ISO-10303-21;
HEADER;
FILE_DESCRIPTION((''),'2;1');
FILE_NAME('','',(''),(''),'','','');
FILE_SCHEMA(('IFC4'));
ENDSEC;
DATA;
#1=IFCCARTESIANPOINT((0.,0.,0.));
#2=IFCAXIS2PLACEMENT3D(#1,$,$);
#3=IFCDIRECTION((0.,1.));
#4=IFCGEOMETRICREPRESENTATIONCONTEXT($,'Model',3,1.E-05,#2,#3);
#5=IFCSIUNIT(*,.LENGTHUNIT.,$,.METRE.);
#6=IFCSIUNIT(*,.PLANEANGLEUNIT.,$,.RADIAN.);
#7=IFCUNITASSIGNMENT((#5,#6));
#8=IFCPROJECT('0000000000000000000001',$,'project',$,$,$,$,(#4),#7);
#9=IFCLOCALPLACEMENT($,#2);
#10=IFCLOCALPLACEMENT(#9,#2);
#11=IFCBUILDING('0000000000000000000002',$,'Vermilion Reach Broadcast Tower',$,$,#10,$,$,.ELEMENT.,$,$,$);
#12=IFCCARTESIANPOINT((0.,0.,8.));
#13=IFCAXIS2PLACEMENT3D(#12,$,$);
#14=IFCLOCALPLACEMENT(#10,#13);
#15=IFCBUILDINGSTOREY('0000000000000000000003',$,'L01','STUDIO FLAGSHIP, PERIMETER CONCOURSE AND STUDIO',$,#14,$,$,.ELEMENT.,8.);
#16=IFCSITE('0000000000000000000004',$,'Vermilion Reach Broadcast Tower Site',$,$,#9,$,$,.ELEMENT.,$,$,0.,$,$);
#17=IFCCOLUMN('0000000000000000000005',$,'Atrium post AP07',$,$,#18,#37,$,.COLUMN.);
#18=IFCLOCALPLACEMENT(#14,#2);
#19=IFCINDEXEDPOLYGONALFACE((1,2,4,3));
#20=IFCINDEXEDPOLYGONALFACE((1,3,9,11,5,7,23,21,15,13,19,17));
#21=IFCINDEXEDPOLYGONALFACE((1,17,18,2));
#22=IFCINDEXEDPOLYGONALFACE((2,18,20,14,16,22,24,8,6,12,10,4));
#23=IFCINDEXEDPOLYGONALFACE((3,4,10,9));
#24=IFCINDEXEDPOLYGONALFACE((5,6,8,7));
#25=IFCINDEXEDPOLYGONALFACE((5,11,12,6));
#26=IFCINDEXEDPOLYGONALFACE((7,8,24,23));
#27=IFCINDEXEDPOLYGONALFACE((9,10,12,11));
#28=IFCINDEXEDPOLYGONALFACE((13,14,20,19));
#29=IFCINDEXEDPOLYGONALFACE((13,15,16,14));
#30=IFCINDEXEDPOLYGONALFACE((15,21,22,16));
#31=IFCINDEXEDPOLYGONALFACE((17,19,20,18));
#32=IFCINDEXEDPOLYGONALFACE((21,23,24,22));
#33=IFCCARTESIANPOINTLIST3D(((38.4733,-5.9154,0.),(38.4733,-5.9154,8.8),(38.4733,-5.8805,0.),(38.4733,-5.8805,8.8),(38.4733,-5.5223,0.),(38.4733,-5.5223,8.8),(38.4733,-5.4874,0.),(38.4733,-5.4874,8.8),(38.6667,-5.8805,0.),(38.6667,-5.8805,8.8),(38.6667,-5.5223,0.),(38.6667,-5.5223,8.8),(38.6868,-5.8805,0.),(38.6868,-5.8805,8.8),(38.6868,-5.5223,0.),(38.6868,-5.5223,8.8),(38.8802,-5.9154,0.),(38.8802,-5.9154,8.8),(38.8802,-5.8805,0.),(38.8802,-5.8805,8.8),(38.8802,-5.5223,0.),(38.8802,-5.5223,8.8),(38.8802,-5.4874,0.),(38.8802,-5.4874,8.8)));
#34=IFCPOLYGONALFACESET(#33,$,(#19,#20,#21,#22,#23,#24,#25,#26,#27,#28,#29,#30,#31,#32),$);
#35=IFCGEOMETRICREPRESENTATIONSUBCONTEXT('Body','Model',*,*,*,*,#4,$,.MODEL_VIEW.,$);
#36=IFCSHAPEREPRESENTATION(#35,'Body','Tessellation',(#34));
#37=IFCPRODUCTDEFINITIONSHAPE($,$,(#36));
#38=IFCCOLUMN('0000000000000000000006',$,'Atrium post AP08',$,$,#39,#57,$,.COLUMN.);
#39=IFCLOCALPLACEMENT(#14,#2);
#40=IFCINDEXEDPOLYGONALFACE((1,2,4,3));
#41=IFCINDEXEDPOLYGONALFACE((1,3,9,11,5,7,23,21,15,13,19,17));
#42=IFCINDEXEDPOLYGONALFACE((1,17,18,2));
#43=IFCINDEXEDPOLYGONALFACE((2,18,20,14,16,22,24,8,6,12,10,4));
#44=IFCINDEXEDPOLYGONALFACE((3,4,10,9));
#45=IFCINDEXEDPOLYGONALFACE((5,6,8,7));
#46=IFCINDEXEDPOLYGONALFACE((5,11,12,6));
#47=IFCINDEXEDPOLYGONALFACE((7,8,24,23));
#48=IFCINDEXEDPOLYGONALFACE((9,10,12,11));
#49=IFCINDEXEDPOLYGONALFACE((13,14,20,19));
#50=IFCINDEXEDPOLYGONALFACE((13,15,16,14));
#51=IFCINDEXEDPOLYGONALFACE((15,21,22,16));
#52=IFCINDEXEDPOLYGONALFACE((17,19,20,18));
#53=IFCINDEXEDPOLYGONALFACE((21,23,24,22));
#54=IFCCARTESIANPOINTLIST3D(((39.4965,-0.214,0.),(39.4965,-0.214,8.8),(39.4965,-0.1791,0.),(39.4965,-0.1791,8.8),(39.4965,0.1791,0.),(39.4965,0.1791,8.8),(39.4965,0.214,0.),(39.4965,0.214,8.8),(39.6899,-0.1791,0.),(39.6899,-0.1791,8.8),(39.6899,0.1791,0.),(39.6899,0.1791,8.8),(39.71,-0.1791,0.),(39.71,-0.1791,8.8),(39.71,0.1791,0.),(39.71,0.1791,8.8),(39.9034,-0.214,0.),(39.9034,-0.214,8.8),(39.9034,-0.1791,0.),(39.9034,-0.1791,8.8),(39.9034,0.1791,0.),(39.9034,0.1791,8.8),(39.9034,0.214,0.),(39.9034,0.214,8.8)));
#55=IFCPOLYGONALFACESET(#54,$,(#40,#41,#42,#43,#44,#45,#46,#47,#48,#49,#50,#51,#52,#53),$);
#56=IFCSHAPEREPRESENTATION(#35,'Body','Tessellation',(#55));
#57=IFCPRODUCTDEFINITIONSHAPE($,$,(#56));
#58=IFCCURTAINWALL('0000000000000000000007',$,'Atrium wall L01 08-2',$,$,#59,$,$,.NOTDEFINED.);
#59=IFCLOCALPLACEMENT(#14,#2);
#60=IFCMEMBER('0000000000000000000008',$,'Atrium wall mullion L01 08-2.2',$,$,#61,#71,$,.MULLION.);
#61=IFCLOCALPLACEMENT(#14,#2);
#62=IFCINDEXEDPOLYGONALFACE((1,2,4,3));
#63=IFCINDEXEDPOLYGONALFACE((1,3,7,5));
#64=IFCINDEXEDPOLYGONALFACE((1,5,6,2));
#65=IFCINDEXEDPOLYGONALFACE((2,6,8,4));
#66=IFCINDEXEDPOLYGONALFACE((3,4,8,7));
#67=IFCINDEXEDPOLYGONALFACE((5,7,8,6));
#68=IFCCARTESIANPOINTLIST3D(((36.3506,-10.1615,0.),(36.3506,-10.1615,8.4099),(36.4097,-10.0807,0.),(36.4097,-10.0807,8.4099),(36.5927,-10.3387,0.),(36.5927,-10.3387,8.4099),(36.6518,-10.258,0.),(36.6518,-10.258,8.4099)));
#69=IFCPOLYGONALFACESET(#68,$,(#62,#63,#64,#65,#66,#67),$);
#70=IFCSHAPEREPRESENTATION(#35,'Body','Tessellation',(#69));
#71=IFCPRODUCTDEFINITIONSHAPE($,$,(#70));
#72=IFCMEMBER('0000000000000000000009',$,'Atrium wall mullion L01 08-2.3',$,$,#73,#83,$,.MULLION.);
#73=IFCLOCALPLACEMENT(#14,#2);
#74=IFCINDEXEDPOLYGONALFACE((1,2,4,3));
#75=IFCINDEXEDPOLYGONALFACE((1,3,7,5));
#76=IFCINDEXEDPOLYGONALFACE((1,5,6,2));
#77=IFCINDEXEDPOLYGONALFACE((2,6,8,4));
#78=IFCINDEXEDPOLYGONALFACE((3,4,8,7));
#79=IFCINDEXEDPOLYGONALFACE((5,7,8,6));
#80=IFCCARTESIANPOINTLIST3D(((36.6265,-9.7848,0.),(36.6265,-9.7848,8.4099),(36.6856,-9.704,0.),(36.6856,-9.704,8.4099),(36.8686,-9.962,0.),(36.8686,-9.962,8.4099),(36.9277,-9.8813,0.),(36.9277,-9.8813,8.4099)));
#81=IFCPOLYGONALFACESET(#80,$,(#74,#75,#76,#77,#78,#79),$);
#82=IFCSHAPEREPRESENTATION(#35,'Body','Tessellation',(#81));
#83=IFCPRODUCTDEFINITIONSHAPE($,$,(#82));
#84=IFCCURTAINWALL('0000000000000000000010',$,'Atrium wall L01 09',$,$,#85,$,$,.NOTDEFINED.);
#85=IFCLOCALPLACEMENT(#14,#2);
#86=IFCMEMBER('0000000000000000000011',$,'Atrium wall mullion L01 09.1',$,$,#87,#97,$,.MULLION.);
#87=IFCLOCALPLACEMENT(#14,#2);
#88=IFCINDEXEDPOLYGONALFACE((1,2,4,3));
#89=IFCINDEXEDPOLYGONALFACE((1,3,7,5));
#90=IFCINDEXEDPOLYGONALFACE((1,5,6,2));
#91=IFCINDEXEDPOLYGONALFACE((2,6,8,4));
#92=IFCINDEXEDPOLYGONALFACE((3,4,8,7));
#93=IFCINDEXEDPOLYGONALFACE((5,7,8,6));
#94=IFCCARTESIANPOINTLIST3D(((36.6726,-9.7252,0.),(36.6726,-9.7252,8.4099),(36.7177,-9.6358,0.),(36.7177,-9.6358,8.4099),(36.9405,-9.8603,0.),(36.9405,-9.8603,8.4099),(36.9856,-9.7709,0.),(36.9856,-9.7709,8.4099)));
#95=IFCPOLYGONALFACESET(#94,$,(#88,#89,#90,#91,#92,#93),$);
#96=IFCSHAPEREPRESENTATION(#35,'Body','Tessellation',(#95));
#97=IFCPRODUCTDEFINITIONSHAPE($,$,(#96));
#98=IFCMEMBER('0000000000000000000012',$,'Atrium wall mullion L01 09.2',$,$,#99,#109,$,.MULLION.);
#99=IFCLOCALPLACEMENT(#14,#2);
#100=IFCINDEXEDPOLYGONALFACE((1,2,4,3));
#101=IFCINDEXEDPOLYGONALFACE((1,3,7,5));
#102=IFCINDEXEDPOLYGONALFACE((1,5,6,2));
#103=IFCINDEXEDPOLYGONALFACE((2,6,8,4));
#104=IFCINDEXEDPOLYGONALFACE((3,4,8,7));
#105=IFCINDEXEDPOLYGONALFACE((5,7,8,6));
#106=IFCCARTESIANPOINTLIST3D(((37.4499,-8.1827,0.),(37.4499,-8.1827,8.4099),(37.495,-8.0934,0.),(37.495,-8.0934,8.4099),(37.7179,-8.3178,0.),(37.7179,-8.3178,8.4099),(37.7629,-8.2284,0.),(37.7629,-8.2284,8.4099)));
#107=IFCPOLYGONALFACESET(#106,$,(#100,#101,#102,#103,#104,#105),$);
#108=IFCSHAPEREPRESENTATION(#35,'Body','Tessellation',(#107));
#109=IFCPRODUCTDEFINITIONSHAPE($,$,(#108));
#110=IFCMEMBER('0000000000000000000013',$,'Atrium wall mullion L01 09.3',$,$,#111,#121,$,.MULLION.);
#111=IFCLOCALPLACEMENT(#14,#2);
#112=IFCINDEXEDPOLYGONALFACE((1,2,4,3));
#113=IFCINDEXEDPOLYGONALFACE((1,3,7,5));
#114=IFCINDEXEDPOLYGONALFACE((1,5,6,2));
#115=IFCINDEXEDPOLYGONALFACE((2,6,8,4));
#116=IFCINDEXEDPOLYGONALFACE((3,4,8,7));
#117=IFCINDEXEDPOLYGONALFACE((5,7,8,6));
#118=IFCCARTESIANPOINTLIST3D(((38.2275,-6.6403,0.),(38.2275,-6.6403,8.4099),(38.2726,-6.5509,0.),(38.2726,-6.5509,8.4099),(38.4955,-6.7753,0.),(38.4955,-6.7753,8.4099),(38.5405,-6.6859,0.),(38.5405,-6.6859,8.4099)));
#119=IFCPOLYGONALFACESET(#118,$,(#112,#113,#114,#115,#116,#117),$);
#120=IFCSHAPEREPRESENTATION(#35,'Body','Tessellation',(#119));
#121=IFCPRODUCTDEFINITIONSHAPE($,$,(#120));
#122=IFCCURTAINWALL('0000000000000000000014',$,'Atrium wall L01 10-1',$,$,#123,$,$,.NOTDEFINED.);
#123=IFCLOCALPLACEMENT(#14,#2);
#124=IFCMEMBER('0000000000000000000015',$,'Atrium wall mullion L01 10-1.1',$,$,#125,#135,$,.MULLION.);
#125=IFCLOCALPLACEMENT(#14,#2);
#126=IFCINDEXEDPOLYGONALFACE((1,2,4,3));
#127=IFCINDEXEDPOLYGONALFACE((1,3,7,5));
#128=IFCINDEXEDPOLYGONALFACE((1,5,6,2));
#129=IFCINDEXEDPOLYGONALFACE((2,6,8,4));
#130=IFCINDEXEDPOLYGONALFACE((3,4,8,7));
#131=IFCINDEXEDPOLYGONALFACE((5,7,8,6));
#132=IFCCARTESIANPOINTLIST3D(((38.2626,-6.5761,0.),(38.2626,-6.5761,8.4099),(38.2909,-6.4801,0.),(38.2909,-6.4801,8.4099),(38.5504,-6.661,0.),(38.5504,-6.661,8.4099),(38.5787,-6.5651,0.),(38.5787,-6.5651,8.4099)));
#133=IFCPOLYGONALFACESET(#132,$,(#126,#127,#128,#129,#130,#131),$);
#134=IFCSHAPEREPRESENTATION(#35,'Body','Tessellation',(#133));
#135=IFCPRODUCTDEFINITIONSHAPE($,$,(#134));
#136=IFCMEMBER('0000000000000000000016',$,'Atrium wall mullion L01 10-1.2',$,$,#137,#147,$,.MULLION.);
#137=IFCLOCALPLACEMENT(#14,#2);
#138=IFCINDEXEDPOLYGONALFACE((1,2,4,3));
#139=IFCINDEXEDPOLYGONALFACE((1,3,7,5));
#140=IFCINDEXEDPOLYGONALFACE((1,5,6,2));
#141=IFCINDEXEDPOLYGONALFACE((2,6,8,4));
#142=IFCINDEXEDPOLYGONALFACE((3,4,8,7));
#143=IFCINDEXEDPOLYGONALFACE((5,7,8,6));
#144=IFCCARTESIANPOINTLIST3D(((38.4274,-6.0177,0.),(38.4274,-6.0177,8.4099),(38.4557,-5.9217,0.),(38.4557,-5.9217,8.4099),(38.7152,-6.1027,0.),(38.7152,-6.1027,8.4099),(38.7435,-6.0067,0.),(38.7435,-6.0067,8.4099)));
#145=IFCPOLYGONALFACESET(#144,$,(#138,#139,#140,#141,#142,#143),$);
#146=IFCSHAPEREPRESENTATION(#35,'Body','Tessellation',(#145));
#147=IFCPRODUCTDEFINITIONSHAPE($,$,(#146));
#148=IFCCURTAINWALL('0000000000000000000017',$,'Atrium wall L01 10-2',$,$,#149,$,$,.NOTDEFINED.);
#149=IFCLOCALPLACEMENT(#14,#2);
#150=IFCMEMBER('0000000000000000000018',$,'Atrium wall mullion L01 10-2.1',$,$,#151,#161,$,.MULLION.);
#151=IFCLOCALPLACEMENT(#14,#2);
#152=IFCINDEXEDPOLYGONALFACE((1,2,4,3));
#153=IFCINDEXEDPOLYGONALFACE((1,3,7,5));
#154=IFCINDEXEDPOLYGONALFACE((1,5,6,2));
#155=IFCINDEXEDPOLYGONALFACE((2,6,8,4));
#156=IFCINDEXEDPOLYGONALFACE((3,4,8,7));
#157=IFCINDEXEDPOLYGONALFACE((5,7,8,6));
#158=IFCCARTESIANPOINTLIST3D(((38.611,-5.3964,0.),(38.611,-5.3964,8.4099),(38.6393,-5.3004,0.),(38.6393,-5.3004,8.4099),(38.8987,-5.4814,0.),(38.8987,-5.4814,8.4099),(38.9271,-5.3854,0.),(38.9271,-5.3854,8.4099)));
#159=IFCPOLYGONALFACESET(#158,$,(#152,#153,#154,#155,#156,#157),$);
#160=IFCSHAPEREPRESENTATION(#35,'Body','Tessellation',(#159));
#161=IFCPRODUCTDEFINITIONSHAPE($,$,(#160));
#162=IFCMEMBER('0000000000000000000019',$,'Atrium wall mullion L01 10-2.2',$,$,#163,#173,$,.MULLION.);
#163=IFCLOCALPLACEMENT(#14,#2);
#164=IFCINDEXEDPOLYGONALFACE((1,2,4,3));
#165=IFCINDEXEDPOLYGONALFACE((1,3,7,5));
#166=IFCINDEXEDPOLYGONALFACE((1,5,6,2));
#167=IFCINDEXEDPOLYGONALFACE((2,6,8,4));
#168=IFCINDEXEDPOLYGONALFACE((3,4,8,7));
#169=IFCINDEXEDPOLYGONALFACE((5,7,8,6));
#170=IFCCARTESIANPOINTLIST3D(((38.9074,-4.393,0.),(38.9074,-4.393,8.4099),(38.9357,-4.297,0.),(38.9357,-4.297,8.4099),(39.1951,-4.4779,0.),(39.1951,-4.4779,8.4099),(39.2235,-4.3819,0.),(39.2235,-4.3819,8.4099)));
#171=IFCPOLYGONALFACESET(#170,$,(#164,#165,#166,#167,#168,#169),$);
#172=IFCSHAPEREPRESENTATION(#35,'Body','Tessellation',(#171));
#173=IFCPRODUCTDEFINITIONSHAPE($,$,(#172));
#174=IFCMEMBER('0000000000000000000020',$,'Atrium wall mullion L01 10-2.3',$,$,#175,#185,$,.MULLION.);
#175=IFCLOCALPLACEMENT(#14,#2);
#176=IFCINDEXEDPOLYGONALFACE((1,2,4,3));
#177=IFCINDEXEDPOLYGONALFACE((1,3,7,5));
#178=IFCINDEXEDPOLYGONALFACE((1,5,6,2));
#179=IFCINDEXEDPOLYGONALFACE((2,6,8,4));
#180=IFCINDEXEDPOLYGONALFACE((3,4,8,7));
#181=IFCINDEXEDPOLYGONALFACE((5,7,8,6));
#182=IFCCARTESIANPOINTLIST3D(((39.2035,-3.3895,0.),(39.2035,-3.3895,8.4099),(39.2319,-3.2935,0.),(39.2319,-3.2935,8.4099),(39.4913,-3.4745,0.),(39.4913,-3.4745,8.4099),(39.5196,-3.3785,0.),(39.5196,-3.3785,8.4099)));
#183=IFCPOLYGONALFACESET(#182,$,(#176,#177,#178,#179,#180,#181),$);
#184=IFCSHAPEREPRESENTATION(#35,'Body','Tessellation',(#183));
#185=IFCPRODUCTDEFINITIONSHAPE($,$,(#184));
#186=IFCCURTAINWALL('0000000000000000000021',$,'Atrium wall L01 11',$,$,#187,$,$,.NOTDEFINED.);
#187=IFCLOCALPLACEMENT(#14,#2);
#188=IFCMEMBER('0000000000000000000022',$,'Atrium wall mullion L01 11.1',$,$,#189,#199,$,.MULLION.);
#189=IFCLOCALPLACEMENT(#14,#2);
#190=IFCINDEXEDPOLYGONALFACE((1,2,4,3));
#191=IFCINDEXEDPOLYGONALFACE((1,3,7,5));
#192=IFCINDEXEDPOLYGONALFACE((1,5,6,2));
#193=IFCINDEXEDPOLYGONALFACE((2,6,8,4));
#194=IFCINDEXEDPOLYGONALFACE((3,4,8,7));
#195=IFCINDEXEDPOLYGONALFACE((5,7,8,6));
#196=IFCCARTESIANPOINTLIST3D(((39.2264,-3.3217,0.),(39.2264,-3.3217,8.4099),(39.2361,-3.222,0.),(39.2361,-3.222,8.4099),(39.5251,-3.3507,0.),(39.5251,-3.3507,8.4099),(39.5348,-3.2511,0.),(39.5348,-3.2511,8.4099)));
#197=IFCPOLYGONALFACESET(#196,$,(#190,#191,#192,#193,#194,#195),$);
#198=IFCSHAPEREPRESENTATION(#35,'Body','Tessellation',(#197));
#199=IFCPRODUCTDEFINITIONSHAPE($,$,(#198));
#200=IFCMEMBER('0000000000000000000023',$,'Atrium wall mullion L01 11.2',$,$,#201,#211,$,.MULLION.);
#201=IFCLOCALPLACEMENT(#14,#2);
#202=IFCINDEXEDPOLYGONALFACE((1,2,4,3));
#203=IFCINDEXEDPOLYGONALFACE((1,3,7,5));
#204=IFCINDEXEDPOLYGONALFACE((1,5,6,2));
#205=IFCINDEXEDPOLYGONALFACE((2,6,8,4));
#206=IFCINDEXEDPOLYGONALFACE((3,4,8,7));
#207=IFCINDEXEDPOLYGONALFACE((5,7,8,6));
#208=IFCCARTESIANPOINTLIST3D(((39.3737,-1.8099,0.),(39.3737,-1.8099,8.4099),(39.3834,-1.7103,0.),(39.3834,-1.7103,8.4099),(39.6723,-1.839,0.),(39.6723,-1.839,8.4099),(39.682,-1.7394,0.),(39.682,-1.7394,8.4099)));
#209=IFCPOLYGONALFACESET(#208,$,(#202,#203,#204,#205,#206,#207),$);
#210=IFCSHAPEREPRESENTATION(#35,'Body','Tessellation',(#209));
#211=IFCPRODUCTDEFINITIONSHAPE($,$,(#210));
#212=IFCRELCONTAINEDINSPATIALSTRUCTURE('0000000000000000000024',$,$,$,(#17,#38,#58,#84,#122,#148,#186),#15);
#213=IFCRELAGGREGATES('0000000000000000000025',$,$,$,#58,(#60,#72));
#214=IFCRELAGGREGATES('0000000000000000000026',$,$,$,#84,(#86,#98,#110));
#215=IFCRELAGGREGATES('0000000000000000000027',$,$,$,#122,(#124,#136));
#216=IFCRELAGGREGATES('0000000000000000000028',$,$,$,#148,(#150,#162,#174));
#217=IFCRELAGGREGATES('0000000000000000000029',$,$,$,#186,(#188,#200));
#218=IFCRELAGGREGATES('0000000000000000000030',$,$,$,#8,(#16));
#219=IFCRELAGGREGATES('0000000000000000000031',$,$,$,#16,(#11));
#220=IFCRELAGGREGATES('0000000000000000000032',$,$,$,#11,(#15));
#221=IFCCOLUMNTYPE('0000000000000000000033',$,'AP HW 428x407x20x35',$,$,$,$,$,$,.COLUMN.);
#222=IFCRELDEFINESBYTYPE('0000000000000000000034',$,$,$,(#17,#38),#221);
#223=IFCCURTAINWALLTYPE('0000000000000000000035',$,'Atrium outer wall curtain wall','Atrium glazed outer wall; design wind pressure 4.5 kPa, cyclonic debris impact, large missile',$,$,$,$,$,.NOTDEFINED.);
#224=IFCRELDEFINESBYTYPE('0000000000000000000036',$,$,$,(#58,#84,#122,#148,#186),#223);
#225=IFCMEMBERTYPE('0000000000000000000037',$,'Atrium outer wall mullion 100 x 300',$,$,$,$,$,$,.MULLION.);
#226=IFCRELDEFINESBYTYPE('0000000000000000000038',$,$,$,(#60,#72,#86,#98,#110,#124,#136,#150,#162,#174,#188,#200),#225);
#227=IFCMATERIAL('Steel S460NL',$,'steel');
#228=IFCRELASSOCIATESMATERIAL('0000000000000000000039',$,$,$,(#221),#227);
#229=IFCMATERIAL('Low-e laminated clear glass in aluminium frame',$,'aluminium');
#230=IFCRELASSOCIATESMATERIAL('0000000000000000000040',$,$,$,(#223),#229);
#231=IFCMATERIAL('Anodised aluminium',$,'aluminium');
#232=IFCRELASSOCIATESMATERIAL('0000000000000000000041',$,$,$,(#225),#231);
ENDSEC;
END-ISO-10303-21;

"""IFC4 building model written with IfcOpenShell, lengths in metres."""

from ifc_helpers import new_model, si_unit, direction, frame, origin, origin_2d, place, context, subcontext, project, spatial, rectangle, i_section, extrude, material, material_profile, profile_set, type_object, element, aggregate, save


model = new_model("IFC4")

# Units and contexts
model_context = context("Model", 3, precision=1e-05, world=origin(), true_north=direction((0.0, 1.0)))
body_context = subcontext(model_context, "Body", "Model", "MODEL_VIEW")
ifc_project = project(units=[si_unit("LENGTHUNIT", "METRE"), si_unit("PLANEANGLEUNIT", "RADIAN")], contexts=[model_context])

# Site, building, storey
site_placement = place(None, origin())
site = spatial("IfcSite", under=ifc_project, at=site_placement, Name="Vermilion Reach Broadcast Tower Site", CompositionType="ELEMENT", RefElevation=0.0)
building_placement = place(site_placement, origin())
building = spatial("IfcBuilding", under=site, at=building_placement, Name="Vermilion Reach Broadcast Tower", CompositionType="ELEMENT")
storey_placement = place(building_placement, frame((0.0, 0.0, 8.0)))
storey = spatial("IfcBuildingStorey", under=building, at=storey_placement, Name="L01", Description="STUDIO FLAGSHIP, PERIMETER CONCOURSE AND STUDIO", CompositionType="ELEMENT", Elevation=8.0)

# Columns
ifc_material_1 = material(Name="Steel S460NL", Category="steel")
ifc_material_profile_1 = material_profile(ifc_material_1, i_section(OverallWidth=0.407, OverallDepth=0.428, WebThickness=0.02, FlangeThickness=0.0349, at=origin_2d()), Name="S460NL HW 428x407x20x35")
ifc_profile_set_1 = profile_set([ifc_material_profile_1], Name="Steel S460NL")
column_type = type_object("IfcColumnType", Name="AP HW 428x407x20x35", PredefinedType="COLUMN", material=ifc_profile_set_1)
for number, where, z_axis, x_axis, name in (
    (1, (38.6768, -5.7014, 0.0), (0.0, 0.0, 1.0), (1.0, 0.0, 0.0), "Atrium post AP07"),
    (2, (39.7, 0.0, 0.0), (0.0, 0.0, 1.0), (1.0, 0.0, 0.0), "Atrium post AP08"),
):
    element("IfcColumn", number, at=place(storey_placement, frame(where, z_axis=z_axis, x_axis=x_axis)), inside=storey, type_object=column_type, Name=name, PredefinedType="COLUMN", context=body_context, shape_type="SweptSolid", body=[
        extrude(i_section(OverallWidth=0.407, OverallDepth=0.428, WebThickness=0.02, FlangeThickness=0.0349, at=origin_2d()), origin(), (0.0, 0.0, 1.0), 8.8),
    ])

# Curtain walls, members
ifc_material_2 = material(Name="Low-e laminated clear glass in aluminium frame", Category="aluminium")
curtain_wall_type = type_object("IfcCurtainWallType", Name="Atrium outer wall curtain wall", Description="Atrium glazed outer wall; design wind pressure 4.5 kPa, cyclonic debris impact, large missile", PredefinedType="NOTDEFINED", material=ifc_material_2)
placement = place(storey_placement, origin())
curtain_wall_1 = element("IfcCurtainWall", 3, at=placement, inside=storey, type_object=curtain_wall_type, Name="Atrium wall L01 08-2", PredefinedType="NOTDEFINED")
ifc_material_3 = material(Name="Anodised aluminium", Category="aluminium")
ifc_material_profile_2 = material_profile(ifc_material_3, rectangle(XDim=0.3, YDim=0.1001, at=origin_2d()), Name="Atrium outer wall mullion 100 x 300")
ifc_profile_set_2 = profile_set([ifc_material_profile_2], Name="Anodised aluminium")
member_type_1 = type_object("IfcMemberType", Name="Atrium outer wall mullion 100 x 300", PredefinedType="MULLION", material=ifc_profile_set_2)
member_1_placement = place(storey_placement, frame((36.5012, -10.2097, 0.0), z_axis=(0.0, 0.0, 1.0), x_axis=(-0.806847, 0.59076, 0.0)))
member_1 = element("IfcMember", 4, at=member_1_placement, type_object=member_type_1, Name="Atrium wall mullion L01 08-2.2", PredefinedType="MULLION", context=body_context, shape_type="SweptSolid", body=[
    extrude(rectangle(XDim=0.3, YDim=0.1001, at=origin_2d()), origin(), (0.0, 0.0, 1.0), 8.4099),
])
member_2_placement = place(storey_placement, frame((36.7771, -9.833, 0.0), z_axis=(0.0, 0.0, 1.0), x_axis=(-0.806847, 0.59076, 0.0)))
member_2 = element("IfcMember", 5, at=member_2_placement, type_object=member_type_1, Name="Atrium wall mullion L01 08-2.3", PredefinedType="MULLION", context=body_context, shape_type="SweptSolid", body=[
    extrude(rectangle(XDim=0.3, YDim=0.1001, at=origin_2d()), origin(), (0.0, 0.0, 1.0), 8.4099),
])
curtain_wall_2 = element("IfcCurtainWall", 6, at=placement, inside=storey, type_object=curtain_wall_type, Name="Atrium wall L01 09", PredefinedType="NOTDEFINED")
member_3_placement = place(storey_placement, frame((36.8291, -9.748, 0.0), z_axis=(0.0, 0.0, 1.0), x_axis=(-0.892992, 0.450072, 0.0)))
member_3 = element("IfcMember", 7, at=member_3_placement, type_object=member_type_1, Name="Atrium wall mullion L01 09.1", PredefinedType="MULLION", context=body_context, shape_type="SweptSolid", body=[
    extrude(rectangle(XDim=0.3, YDim=0.1001, at=origin_2d()), origin(), (0.0, 0.0, 1.0), 8.4099),
])
member_4_placement = place(storey_placement, frame((37.6064, -8.2056, 0.0), z_axis=(0.0, 0.0, 1.0), x_axis=(-0.892992, 0.450072, 0.0)))
member_4 = element("IfcMember", 8, at=member_4_placement, type_object=member_type_1, Name="Atrium wall mullion L01 09.2", PredefinedType="MULLION", context=body_context, shape_type="SweptSolid", body=[
    extrude(rectangle(XDim=0.3, YDim=0.1001, at=origin_2d()), origin(), (0.0, 0.0, 1.0), 8.4099),
])
member_5_placement = place(storey_placement, frame((38.384, -6.6631, 0.0), z_axis=(0.0, 0.0, 1.0), x_axis=(-0.892992, 0.450072, 0.0)))
member_5 = element("IfcMember", 9, at=member_5_placement, type_object=member_type_1, Name="Atrium wall mullion L01 09.3", PredefinedType="MULLION", context=body_context, shape_type="SweptSolid", body=[
    extrude(rectangle(XDim=0.3, YDim=0.1001, at=origin_2d()), origin(), (0.0, 0.0, 1.0), 8.4099),
])
curtain_wall_3 = element("IfcCurtainWall", 10, at=placement, inside=storey, type_object=curtain_wall_type, Name="Atrium wall L01 10-1", PredefinedType="NOTDEFINED")
member_6_placement = place(storey_placement, frame((38.4207, -6.5706, 0.0), z_axis=(0.0, 0.0, 1.0), x_axis=(-0.959048, 0.283245, 0.0)))
member_6 = element("IfcMember", 11, at=member_6_placement, type_object=member_type_1, Name="Atrium wall mullion L01 10-1.1", PredefinedType="MULLION", context=body_context, shape_type="SweptSolid", body=[
    extrude(rectangle(XDim=0.3, YDim=0.1001, at=origin_2d()), origin(), (0.0, 0.0, 1.0), 8.4099),
])
member_7_placement = place(storey_placement, frame((38.5854, -6.0122, 0.0), z_axis=(0.0, 0.0, 1.0), x_axis=(-0.959048, 0.283245, 0.0)))
member_7 = element("IfcMember", 12, at=member_7_placement, type_object=member_type_1, Name="Atrium wall mullion L01 10-1.2", PredefinedType="MULLION", context=body_context, shape_type="SweptSolid", body=[
    extrude(rectangle(XDim=0.3, YDim=0.1001, at=origin_2d()), origin(), (0.0, 0.0, 1.0), 8.4099),
])
curtain_wall_4 = element("IfcCurtainWall", 13, at=placement, inside=storey, type_object=curtain_wall_type, Name="Atrium wall L01 10-2", PredefinedType="NOTDEFINED")
member_8_placement = place(storey_placement, frame((38.769, -5.3909, 0.0), z_axis=(0.0, 0.0, 1.0), x_axis=(-0.959048, 0.283245, 0.0)))
member_8 = element("IfcMember", 14, at=member_8_placement, type_object=member_type_1, Name="Atrium wall mullion L01 10-2.1", PredefinedType="MULLION", context=body_context, shape_type="SweptSolid", body=[
    extrude(rectangle(XDim=0.3, YDim=0.1001, at=origin_2d()), origin(), (0.0, 0.0, 1.0), 8.4099),
])
member_9_placement = place(storey_placement, frame((39.0654, -4.3875, 0.0), z_axis=(0.0, 0.0, 1.0), x_axis=(-0.959048, 0.283245, 0.0)))
member_9 = element("IfcMember", 15, at=member_9_placement, type_object=member_type_1, Name="Atrium wall mullion L01 10-2.2", PredefinedType="MULLION", context=body_context, shape_type="SweptSolid", body=[
    extrude(rectangle(XDim=0.3, YDim=0.1001, at=origin_2d()), origin(), (0.0, 0.0, 1.0), 8.4099),
])
member_10_placement = place(storey_placement, frame((39.3616, -3.384, 0.0), z_axis=(0.0, 0.0, 1.0), x_axis=(-0.959048, 0.283245, 0.0)))
member_10 = element("IfcMember", 16, at=member_10_placement, type_object=member_type_1, Name="Atrium wall mullion L01 10-2.3", PredefinedType="MULLION", context=body_context, shape_type="SweptSolid", body=[
    extrude(rectangle(XDim=0.3, YDim=0.1001, at=origin_2d()), origin(), (0.0, 0.0, 1.0), 8.4099),
])
curtain_wall_5 = element("IfcCurtainWall", 17, at=placement, inside=storey, type_object=curtain_wall_type, Name="Atrium wall L01 11", PredefinedType="NOTDEFINED")
member_11_placement = place(storey_placement, frame((39.3806, -3.2864, 0.0), z_axis=(0.0, 0.0, 1.0), x_axis=(-0.995298, 0.096861, 0.0)))
member_11 = element("IfcMember", 18, at=member_11_placement, type_object=member_type_1, Name="Atrium wall mullion L01 11.1", PredefinedType="MULLION", context=body_context, shape_type="SweptSolid", body=[
    extrude(rectangle(XDim=0.3, YDim=0.1001, at=origin_2d()), origin(), (0.0, 0.0, 1.0), 8.4099),
])
member_12_placement = place(storey_placement, frame((39.5278, -1.7747, 0.0), z_axis=(0.0, 0.0, 1.0), x_axis=(-0.995298, 0.096861, 0.0)))
member_12 = element("IfcMember", 19, at=member_12_placement, type_object=member_type_1, Name="Atrium wall mullion L01 11.2", PredefinedType="MULLION", context=body_context, shape_type="SweptSolid", body=[
    extrude(rectangle(XDim=0.3, YDim=0.1001, at=origin_2d()), origin(), (0.0, 0.0, 1.0), 8.4099),
])

aggregate(curtain_wall_1, [member_1, member_2])
aggregate(curtain_wall_2, [member_3, member_4, member_5])
aggregate(curtain_wall_3, [member_6, member_7])
aggregate(curtain_wall_4, [member_8, member_9, member_10])
aggregate(curtain_wall_5, [member_11, member_12])

save(model, "model.ifc")
